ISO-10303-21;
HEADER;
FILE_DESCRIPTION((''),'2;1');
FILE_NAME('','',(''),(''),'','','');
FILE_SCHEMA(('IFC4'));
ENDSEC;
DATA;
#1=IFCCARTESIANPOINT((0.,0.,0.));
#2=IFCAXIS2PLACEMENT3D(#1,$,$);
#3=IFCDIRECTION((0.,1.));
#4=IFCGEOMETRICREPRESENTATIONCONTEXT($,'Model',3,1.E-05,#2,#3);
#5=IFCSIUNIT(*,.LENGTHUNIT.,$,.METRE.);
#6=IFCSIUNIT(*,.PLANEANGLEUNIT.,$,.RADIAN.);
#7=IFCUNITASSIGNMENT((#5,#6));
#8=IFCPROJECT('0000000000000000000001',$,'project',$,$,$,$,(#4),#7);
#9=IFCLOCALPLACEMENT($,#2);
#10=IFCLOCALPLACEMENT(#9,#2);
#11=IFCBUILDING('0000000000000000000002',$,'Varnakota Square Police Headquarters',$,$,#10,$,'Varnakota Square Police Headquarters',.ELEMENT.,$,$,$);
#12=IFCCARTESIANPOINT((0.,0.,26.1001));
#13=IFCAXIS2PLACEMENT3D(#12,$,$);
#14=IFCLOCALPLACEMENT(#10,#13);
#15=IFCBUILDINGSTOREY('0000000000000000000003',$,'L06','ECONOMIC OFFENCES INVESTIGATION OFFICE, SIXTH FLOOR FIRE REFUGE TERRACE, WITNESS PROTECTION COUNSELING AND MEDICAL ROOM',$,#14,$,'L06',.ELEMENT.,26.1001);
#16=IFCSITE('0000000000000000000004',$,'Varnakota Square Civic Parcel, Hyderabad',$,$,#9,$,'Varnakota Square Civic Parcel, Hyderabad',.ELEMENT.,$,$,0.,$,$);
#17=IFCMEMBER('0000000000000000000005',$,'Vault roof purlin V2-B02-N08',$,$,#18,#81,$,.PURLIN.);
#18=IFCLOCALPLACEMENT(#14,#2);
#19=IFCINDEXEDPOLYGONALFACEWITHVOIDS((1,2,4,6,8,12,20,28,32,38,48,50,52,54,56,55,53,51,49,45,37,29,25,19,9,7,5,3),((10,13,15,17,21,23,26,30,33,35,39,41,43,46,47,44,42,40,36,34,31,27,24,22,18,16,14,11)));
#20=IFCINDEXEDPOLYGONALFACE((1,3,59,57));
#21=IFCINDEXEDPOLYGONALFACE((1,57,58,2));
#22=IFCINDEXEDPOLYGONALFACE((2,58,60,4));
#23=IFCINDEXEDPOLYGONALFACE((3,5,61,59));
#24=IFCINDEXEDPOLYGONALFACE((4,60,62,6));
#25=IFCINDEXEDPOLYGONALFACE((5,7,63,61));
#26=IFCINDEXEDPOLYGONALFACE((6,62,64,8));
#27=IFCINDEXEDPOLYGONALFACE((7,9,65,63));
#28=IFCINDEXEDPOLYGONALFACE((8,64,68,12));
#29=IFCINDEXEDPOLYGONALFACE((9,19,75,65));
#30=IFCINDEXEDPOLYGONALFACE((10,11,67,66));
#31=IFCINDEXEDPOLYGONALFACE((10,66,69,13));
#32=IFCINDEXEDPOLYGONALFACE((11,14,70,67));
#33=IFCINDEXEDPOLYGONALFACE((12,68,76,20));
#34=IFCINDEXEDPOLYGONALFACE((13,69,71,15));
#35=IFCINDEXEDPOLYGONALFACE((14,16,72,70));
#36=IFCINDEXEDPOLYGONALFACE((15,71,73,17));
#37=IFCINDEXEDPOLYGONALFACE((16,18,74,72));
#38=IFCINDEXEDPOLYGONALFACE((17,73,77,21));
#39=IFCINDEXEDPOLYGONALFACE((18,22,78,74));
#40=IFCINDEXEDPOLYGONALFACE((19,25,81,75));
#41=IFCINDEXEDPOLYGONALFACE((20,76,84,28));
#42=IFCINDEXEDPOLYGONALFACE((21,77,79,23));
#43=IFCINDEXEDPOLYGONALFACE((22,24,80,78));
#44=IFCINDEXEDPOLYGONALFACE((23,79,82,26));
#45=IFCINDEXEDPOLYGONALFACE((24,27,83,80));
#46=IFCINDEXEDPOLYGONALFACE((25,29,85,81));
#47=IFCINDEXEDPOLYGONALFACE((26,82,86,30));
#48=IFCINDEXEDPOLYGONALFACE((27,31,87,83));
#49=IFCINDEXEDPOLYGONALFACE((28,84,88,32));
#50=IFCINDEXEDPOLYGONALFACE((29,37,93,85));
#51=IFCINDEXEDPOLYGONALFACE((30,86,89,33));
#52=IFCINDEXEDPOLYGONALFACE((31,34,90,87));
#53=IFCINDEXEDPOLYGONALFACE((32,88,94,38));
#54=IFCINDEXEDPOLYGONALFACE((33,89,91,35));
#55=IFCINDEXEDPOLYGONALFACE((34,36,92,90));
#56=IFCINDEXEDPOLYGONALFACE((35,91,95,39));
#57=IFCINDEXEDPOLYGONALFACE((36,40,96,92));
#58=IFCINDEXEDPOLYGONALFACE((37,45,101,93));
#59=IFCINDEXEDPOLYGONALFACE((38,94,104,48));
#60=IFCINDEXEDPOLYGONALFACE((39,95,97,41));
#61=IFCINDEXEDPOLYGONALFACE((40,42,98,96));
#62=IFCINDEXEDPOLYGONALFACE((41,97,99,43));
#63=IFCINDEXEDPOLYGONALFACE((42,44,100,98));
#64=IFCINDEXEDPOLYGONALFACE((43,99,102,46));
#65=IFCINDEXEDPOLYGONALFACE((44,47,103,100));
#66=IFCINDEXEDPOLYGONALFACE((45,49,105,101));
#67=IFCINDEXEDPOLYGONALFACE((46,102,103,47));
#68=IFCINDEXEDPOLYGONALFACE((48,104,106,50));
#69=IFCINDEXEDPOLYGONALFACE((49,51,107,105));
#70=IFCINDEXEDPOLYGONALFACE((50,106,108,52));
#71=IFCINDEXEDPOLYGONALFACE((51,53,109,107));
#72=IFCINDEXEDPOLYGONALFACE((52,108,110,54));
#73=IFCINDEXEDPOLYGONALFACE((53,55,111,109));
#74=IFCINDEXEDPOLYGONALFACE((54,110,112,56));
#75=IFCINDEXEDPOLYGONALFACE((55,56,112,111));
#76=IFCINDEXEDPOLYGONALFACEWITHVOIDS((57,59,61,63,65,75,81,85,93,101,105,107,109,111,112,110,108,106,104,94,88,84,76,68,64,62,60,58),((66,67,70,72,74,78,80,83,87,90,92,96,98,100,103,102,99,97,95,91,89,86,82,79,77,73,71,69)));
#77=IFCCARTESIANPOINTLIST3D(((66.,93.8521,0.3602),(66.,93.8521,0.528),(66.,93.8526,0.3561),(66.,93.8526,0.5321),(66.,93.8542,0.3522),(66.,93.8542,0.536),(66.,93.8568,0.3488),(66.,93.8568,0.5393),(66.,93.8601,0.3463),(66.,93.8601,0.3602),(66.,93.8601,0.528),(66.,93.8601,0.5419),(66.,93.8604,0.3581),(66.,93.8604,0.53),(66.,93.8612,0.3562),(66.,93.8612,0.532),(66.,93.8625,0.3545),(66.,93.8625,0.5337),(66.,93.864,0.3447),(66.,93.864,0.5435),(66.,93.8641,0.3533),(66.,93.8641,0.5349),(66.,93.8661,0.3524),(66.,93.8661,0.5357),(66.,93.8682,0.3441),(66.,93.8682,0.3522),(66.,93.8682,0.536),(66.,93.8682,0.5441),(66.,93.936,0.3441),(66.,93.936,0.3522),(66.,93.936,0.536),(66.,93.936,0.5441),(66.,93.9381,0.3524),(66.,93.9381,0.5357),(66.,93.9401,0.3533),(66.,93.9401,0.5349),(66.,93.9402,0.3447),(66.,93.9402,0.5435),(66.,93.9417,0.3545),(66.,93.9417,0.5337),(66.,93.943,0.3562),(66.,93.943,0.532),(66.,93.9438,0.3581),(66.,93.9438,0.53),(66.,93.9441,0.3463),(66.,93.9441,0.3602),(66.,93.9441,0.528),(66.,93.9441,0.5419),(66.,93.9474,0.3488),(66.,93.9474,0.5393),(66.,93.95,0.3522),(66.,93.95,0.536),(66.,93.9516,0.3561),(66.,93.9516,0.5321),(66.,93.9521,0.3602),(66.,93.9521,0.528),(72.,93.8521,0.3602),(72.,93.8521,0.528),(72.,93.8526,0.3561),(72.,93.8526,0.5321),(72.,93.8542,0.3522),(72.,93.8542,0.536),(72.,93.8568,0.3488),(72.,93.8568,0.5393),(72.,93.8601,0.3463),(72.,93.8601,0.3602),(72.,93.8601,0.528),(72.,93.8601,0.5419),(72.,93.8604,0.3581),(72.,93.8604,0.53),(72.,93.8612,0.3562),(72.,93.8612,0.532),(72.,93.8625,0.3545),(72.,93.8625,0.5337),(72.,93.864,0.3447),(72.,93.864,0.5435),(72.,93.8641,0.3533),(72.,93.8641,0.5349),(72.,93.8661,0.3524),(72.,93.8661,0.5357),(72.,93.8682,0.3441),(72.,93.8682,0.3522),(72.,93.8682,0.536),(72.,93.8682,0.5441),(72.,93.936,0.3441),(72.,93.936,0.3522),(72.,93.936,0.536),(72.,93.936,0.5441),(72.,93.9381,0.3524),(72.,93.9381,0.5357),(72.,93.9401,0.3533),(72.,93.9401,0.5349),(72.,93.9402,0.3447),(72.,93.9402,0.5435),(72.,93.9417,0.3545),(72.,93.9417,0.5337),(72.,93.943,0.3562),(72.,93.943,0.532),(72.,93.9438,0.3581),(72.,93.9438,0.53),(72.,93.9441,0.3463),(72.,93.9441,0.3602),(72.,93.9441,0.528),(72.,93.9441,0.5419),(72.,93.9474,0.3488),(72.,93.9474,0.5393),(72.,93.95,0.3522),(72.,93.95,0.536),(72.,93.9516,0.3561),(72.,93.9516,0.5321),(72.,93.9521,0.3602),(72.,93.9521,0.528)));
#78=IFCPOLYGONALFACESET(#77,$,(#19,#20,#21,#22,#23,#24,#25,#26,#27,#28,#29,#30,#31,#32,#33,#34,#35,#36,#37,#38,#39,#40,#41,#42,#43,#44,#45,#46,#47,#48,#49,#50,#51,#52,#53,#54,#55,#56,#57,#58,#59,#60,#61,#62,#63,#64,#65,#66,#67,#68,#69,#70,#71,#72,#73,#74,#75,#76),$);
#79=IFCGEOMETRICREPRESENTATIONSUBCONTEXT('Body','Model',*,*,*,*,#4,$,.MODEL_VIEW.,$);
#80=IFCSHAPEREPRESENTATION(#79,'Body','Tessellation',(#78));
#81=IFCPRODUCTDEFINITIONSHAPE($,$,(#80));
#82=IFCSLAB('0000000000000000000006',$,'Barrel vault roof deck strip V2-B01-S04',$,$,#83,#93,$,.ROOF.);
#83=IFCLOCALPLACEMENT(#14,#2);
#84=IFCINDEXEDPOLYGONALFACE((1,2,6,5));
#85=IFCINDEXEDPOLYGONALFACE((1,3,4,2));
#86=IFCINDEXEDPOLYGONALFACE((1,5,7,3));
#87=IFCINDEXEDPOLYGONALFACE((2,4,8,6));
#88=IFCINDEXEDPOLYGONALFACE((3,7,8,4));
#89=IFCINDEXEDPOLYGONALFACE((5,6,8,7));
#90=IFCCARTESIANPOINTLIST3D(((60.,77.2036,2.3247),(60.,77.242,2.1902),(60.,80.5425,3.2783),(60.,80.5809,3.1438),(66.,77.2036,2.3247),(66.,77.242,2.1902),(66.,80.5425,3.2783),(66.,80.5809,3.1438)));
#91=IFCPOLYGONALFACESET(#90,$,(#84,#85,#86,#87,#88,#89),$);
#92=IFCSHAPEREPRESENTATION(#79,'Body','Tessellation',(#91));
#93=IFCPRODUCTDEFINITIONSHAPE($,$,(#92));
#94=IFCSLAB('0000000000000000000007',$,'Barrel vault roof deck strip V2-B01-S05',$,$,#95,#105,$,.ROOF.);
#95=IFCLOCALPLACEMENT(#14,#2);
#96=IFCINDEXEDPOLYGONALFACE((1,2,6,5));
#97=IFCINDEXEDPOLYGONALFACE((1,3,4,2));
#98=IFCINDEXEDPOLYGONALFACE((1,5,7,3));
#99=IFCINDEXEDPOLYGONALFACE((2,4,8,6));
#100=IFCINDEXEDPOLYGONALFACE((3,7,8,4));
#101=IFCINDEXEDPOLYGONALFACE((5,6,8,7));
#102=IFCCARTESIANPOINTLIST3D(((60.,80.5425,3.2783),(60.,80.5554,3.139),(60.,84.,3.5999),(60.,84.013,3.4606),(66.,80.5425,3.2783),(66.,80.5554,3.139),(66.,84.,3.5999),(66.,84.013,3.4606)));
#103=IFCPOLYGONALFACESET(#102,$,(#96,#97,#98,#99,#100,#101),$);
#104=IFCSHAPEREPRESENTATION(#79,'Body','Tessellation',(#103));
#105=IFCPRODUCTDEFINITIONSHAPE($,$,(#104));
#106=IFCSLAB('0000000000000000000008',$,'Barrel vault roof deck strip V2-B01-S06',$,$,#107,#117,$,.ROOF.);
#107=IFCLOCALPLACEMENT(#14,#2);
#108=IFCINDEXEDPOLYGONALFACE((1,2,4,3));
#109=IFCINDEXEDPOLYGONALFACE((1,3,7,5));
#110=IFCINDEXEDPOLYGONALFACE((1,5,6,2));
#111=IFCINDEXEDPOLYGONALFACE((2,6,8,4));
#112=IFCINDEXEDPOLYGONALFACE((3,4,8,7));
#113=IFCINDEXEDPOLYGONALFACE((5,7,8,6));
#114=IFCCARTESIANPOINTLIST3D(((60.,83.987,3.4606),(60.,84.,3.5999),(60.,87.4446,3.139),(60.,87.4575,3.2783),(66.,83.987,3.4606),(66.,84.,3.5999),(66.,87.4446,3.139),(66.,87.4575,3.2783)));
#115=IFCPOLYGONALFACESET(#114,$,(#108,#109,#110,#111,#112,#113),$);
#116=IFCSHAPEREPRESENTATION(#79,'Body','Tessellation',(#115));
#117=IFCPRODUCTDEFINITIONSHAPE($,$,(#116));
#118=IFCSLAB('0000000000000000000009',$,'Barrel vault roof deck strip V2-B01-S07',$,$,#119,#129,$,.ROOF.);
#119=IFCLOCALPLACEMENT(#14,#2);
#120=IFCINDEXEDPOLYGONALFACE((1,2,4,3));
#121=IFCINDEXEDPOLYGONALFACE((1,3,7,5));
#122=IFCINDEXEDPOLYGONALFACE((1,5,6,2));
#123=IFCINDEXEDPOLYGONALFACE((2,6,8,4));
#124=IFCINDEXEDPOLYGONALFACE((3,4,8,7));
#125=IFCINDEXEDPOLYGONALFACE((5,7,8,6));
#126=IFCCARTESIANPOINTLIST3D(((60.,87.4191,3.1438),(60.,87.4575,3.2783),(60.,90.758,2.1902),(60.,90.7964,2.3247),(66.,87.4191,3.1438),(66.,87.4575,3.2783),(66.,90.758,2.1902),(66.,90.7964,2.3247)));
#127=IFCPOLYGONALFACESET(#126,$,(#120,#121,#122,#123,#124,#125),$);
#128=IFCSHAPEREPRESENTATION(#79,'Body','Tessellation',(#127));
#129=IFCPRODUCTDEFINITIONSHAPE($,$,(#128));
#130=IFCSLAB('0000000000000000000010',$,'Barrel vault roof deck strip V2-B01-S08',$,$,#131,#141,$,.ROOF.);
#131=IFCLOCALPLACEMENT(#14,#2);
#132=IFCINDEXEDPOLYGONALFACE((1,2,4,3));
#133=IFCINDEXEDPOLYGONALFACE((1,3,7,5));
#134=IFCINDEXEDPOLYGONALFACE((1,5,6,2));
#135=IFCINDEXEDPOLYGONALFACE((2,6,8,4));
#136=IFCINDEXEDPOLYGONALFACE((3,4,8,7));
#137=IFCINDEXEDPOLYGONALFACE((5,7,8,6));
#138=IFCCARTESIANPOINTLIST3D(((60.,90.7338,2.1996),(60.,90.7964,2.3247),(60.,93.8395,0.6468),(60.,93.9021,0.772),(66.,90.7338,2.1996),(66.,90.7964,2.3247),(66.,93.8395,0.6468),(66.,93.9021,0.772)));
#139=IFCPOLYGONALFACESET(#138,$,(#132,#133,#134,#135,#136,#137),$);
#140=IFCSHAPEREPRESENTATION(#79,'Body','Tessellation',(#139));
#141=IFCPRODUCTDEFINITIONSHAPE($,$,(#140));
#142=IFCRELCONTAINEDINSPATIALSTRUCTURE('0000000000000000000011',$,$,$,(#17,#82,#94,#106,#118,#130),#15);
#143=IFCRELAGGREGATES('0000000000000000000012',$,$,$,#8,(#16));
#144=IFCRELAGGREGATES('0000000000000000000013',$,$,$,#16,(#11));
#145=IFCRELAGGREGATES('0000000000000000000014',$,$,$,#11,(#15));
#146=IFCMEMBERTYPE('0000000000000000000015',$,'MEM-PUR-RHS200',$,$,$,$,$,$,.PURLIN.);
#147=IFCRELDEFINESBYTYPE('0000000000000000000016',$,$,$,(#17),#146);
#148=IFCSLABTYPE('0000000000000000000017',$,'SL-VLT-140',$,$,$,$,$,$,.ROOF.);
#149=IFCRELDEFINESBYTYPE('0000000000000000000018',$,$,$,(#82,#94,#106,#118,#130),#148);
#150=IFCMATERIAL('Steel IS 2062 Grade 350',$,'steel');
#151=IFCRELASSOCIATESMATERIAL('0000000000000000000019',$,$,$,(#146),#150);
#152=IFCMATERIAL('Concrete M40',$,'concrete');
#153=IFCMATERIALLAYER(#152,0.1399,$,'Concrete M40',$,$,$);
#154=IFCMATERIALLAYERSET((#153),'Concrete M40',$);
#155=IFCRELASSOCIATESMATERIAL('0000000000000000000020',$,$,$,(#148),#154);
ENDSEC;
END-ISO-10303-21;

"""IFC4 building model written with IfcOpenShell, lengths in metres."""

from ifc_helpers import new_model, si_unit, direction, frame, origin, origin_2d, place, context, subcontext, project, spatial, polyline, hollow_rectangle, outline, extrude, material, layer, layer_set, material_profile, profile_set, type_object, element, save


model = new_model("IFC4")

# Units and contexts
model_context = context("Model", 3, precision=1e-05, world=origin(), true_north=direction((0.0, 1.0)))
body_context = subcontext(model_context, "Body", "Model", "MODEL_VIEW")
ifc_project = project(units=[si_unit("LENGTHUNIT", "METRE"), si_unit("PLANEANGLEUNIT", "RADIAN")], contexts=[model_context])

# Site, building, storey
site_placement = place(None, origin())
site = spatial("IfcSite", under=ifc_project, at=site_placement, Name="Varnakota Square Civic Parcel, Hyderabad", LongName="Varnakota Square Civic Parcel, Hyderabad", CompositionType="ELEMENT", RefElevation=0.0)
building_placement = place(site_placement, origin())
building = spatial("IfcBuilding", under=site, at=building_placement, Name="Varnakota Square Police Headquarters", LongName="Varnakota Square Police Headquarters", CompositionType="ELEMENT")
storey_placement = place(building_placement, frame((0.0, 0.0, 26.1001)))
storey = spatial("IfcBuildingStorey", under=building, at=storey_placement, Name="L06", Description="ECONOMIC OFFENCES INVESTIGATION OFFICE, SIXTH FLOOR FIRE REFUGE TERRACE, WITNESS PROTECTION COUNSELING AND MEDICAL ROOM", LongName="L06", CompositionType="ELEMENT", Elevation=26.1001)

# Shared definitions
ifc_material_1 = material(Name="Steel IS 2062 Grade 350", Category="steel")

# Member
ifc_material_profile_1 = material_profile(ifc_material_1, hollow_rectangle(XDim=0.1001, YDim=0.2, WallThickness=0.0081, InnerFilletRadius=0.0081, OuterFilletRadius=0.0161, at=origin_2d()), Name="RHS 200x100x8")
ifc_profile_set_1 = profile_set([ifc_material_profile_1], Name="Steel IS 2062 Grade 350")
member_type_1 = type_object("IfcMemberType", Name="MEM-PUR-RHS200", PredefinedType="PURLIN", material=ifc_profile_set_1)
for number, where, z_axis, x_axis, name in (
    (1, (66.0, 93.9021, 0.4441), (1.0, 0.0, 0.0), (0.0, 1.0, 0.0), "Vault roof purlin V2-B02-N08"),
):
    element("IfcMember", number, at=place(storey_placement, frame(where, z_axis=z_axis, x_axis=x_axis)), inside=storey, type_object=member_type_1, Name=name, PredefinedType="PURLIN", context=body_context, shape_type="SweptSolid", body=[
        extrude(hollow_rectangle(XDim=0.1001, YDim=0.2, WallThickness=0.0081, InnerFilletRadius=0.0081, OuterFilletRadius=0.0161, at=origin_2d()), origin(), (0.0, 0.0, 1.0), 6.0),
    ])

# Slabs
ifc_material_2 = material(Name="Concrete M40", Category="concrete")
ifc_layer = layer(ifc_material_2, 0.1399, Name="Concrete M40")
ifc_layer_set = layer_set([ifc_layer], Name="Concrete M40")
slab_type = type_object("IfcSlabType", Name="SL-VLT-140", PredefinedType="ROOF", material=ifc_layer_set)
slab_1_placement = place(storey_placement, frame((60.0, 77.2036, 2.3247), z_axis=(0.0, -0.274628, 0.96155), x_axis=(1.0, 0.0, 0.0)))
element("IfcSlab", 2, at=slab_1_placement, inside=storey, type_object=slab_type, Name="Barrel vault roof deck strip V2-B01-S04", PredefinedType="ROOF", context=body_context, shape_type="SweptSolid", body=[
    extrude(outline(polyline([(0.0, 0.0), (6.0, 0.0), (6.0, 3.4724), (0.0, 3.4724), (0.0, 0.0)])), origin(), (0.0, 0.0, -1.0), 0.1399),
])
for number, where, z_axis, x_axis, name in (
    (3, (60.0, 80.5425, 3.2783), (0.0, -0.092596, 0.995704), (1.0, 0.0, 0.0), "Barrel vault roof deck strip V2-B01-S05"),
    (4, (60.0, 84.0, 3.5999), (0.0, 0.092596, 0.995704), (1.0, 0.0, 0.0), "Barrel vault roof deck strip V2-B01-S06"),
):
    element("IfcSlab", number, at=place(storey_placement, frame(where, z_axis=z_axis, x_axis=x_axis)), inside=storey, type_object=slab_type, Name=name, PredefinedType="ROOF", context=body_context, shape_type="SweptSolid", body=[
        extrude(outline(polyline([(0.0, 0.0), (6.0, 0.0), (6.0, 3.4724), (0.0, 3.4724), (0.0, 0.0)])), origin(), (0.0, 0.0, -1.0), 0.1399),
    ])
slab_2_placement = place(storey_placement, frame((60.0, 87.4575, 3.2783), z_axis=(0.0, 0.274628, 0.96155), x_axis=(1.0, 0.0, 0.0)))
element("IfcSlab", 5, at=slab_2_placement, inside=storey, type_object=slab_type, Name="Barrel vault roof deck strip V2-B01-S07", PredefinedType="ROOF", context=body_context, shape_type="SweptSolid", body=[
    extrude(outline(polyline([(0.0, 0.0), (6.0, 0.0), (6.0, 3.4724), (0.0, 3.4724), (0.0, 0.0)])), origin(), (0.0, 0.0, -1.0), 0.1399),
])
slab_3_placement = place(storey_placement, frame((60.0, 90.7964, 2.3247), z_axis=(0.0, 0.447185, 0.894441), x_axis=(1.0, 0.0, 0.0)))
element("IfcSlab", 6, at=slab_3_placement, inside=storey, type_object=slab_type, Name="Barrel vault roof deck strip V2-B01-S08", PredefinedType="ROOF", context=body_context, shape_type="SweptSolid", body=[
    extrude(outline(polyline([(0.0, 0.0), (6.0, 0.0), (6.0, 3.4722), (0.0, 3.4722), (0.0, 0.0)])), origin(), (0.0, 0.0, -1.0), 0.1399),
])

save(model, "model.ifc")
